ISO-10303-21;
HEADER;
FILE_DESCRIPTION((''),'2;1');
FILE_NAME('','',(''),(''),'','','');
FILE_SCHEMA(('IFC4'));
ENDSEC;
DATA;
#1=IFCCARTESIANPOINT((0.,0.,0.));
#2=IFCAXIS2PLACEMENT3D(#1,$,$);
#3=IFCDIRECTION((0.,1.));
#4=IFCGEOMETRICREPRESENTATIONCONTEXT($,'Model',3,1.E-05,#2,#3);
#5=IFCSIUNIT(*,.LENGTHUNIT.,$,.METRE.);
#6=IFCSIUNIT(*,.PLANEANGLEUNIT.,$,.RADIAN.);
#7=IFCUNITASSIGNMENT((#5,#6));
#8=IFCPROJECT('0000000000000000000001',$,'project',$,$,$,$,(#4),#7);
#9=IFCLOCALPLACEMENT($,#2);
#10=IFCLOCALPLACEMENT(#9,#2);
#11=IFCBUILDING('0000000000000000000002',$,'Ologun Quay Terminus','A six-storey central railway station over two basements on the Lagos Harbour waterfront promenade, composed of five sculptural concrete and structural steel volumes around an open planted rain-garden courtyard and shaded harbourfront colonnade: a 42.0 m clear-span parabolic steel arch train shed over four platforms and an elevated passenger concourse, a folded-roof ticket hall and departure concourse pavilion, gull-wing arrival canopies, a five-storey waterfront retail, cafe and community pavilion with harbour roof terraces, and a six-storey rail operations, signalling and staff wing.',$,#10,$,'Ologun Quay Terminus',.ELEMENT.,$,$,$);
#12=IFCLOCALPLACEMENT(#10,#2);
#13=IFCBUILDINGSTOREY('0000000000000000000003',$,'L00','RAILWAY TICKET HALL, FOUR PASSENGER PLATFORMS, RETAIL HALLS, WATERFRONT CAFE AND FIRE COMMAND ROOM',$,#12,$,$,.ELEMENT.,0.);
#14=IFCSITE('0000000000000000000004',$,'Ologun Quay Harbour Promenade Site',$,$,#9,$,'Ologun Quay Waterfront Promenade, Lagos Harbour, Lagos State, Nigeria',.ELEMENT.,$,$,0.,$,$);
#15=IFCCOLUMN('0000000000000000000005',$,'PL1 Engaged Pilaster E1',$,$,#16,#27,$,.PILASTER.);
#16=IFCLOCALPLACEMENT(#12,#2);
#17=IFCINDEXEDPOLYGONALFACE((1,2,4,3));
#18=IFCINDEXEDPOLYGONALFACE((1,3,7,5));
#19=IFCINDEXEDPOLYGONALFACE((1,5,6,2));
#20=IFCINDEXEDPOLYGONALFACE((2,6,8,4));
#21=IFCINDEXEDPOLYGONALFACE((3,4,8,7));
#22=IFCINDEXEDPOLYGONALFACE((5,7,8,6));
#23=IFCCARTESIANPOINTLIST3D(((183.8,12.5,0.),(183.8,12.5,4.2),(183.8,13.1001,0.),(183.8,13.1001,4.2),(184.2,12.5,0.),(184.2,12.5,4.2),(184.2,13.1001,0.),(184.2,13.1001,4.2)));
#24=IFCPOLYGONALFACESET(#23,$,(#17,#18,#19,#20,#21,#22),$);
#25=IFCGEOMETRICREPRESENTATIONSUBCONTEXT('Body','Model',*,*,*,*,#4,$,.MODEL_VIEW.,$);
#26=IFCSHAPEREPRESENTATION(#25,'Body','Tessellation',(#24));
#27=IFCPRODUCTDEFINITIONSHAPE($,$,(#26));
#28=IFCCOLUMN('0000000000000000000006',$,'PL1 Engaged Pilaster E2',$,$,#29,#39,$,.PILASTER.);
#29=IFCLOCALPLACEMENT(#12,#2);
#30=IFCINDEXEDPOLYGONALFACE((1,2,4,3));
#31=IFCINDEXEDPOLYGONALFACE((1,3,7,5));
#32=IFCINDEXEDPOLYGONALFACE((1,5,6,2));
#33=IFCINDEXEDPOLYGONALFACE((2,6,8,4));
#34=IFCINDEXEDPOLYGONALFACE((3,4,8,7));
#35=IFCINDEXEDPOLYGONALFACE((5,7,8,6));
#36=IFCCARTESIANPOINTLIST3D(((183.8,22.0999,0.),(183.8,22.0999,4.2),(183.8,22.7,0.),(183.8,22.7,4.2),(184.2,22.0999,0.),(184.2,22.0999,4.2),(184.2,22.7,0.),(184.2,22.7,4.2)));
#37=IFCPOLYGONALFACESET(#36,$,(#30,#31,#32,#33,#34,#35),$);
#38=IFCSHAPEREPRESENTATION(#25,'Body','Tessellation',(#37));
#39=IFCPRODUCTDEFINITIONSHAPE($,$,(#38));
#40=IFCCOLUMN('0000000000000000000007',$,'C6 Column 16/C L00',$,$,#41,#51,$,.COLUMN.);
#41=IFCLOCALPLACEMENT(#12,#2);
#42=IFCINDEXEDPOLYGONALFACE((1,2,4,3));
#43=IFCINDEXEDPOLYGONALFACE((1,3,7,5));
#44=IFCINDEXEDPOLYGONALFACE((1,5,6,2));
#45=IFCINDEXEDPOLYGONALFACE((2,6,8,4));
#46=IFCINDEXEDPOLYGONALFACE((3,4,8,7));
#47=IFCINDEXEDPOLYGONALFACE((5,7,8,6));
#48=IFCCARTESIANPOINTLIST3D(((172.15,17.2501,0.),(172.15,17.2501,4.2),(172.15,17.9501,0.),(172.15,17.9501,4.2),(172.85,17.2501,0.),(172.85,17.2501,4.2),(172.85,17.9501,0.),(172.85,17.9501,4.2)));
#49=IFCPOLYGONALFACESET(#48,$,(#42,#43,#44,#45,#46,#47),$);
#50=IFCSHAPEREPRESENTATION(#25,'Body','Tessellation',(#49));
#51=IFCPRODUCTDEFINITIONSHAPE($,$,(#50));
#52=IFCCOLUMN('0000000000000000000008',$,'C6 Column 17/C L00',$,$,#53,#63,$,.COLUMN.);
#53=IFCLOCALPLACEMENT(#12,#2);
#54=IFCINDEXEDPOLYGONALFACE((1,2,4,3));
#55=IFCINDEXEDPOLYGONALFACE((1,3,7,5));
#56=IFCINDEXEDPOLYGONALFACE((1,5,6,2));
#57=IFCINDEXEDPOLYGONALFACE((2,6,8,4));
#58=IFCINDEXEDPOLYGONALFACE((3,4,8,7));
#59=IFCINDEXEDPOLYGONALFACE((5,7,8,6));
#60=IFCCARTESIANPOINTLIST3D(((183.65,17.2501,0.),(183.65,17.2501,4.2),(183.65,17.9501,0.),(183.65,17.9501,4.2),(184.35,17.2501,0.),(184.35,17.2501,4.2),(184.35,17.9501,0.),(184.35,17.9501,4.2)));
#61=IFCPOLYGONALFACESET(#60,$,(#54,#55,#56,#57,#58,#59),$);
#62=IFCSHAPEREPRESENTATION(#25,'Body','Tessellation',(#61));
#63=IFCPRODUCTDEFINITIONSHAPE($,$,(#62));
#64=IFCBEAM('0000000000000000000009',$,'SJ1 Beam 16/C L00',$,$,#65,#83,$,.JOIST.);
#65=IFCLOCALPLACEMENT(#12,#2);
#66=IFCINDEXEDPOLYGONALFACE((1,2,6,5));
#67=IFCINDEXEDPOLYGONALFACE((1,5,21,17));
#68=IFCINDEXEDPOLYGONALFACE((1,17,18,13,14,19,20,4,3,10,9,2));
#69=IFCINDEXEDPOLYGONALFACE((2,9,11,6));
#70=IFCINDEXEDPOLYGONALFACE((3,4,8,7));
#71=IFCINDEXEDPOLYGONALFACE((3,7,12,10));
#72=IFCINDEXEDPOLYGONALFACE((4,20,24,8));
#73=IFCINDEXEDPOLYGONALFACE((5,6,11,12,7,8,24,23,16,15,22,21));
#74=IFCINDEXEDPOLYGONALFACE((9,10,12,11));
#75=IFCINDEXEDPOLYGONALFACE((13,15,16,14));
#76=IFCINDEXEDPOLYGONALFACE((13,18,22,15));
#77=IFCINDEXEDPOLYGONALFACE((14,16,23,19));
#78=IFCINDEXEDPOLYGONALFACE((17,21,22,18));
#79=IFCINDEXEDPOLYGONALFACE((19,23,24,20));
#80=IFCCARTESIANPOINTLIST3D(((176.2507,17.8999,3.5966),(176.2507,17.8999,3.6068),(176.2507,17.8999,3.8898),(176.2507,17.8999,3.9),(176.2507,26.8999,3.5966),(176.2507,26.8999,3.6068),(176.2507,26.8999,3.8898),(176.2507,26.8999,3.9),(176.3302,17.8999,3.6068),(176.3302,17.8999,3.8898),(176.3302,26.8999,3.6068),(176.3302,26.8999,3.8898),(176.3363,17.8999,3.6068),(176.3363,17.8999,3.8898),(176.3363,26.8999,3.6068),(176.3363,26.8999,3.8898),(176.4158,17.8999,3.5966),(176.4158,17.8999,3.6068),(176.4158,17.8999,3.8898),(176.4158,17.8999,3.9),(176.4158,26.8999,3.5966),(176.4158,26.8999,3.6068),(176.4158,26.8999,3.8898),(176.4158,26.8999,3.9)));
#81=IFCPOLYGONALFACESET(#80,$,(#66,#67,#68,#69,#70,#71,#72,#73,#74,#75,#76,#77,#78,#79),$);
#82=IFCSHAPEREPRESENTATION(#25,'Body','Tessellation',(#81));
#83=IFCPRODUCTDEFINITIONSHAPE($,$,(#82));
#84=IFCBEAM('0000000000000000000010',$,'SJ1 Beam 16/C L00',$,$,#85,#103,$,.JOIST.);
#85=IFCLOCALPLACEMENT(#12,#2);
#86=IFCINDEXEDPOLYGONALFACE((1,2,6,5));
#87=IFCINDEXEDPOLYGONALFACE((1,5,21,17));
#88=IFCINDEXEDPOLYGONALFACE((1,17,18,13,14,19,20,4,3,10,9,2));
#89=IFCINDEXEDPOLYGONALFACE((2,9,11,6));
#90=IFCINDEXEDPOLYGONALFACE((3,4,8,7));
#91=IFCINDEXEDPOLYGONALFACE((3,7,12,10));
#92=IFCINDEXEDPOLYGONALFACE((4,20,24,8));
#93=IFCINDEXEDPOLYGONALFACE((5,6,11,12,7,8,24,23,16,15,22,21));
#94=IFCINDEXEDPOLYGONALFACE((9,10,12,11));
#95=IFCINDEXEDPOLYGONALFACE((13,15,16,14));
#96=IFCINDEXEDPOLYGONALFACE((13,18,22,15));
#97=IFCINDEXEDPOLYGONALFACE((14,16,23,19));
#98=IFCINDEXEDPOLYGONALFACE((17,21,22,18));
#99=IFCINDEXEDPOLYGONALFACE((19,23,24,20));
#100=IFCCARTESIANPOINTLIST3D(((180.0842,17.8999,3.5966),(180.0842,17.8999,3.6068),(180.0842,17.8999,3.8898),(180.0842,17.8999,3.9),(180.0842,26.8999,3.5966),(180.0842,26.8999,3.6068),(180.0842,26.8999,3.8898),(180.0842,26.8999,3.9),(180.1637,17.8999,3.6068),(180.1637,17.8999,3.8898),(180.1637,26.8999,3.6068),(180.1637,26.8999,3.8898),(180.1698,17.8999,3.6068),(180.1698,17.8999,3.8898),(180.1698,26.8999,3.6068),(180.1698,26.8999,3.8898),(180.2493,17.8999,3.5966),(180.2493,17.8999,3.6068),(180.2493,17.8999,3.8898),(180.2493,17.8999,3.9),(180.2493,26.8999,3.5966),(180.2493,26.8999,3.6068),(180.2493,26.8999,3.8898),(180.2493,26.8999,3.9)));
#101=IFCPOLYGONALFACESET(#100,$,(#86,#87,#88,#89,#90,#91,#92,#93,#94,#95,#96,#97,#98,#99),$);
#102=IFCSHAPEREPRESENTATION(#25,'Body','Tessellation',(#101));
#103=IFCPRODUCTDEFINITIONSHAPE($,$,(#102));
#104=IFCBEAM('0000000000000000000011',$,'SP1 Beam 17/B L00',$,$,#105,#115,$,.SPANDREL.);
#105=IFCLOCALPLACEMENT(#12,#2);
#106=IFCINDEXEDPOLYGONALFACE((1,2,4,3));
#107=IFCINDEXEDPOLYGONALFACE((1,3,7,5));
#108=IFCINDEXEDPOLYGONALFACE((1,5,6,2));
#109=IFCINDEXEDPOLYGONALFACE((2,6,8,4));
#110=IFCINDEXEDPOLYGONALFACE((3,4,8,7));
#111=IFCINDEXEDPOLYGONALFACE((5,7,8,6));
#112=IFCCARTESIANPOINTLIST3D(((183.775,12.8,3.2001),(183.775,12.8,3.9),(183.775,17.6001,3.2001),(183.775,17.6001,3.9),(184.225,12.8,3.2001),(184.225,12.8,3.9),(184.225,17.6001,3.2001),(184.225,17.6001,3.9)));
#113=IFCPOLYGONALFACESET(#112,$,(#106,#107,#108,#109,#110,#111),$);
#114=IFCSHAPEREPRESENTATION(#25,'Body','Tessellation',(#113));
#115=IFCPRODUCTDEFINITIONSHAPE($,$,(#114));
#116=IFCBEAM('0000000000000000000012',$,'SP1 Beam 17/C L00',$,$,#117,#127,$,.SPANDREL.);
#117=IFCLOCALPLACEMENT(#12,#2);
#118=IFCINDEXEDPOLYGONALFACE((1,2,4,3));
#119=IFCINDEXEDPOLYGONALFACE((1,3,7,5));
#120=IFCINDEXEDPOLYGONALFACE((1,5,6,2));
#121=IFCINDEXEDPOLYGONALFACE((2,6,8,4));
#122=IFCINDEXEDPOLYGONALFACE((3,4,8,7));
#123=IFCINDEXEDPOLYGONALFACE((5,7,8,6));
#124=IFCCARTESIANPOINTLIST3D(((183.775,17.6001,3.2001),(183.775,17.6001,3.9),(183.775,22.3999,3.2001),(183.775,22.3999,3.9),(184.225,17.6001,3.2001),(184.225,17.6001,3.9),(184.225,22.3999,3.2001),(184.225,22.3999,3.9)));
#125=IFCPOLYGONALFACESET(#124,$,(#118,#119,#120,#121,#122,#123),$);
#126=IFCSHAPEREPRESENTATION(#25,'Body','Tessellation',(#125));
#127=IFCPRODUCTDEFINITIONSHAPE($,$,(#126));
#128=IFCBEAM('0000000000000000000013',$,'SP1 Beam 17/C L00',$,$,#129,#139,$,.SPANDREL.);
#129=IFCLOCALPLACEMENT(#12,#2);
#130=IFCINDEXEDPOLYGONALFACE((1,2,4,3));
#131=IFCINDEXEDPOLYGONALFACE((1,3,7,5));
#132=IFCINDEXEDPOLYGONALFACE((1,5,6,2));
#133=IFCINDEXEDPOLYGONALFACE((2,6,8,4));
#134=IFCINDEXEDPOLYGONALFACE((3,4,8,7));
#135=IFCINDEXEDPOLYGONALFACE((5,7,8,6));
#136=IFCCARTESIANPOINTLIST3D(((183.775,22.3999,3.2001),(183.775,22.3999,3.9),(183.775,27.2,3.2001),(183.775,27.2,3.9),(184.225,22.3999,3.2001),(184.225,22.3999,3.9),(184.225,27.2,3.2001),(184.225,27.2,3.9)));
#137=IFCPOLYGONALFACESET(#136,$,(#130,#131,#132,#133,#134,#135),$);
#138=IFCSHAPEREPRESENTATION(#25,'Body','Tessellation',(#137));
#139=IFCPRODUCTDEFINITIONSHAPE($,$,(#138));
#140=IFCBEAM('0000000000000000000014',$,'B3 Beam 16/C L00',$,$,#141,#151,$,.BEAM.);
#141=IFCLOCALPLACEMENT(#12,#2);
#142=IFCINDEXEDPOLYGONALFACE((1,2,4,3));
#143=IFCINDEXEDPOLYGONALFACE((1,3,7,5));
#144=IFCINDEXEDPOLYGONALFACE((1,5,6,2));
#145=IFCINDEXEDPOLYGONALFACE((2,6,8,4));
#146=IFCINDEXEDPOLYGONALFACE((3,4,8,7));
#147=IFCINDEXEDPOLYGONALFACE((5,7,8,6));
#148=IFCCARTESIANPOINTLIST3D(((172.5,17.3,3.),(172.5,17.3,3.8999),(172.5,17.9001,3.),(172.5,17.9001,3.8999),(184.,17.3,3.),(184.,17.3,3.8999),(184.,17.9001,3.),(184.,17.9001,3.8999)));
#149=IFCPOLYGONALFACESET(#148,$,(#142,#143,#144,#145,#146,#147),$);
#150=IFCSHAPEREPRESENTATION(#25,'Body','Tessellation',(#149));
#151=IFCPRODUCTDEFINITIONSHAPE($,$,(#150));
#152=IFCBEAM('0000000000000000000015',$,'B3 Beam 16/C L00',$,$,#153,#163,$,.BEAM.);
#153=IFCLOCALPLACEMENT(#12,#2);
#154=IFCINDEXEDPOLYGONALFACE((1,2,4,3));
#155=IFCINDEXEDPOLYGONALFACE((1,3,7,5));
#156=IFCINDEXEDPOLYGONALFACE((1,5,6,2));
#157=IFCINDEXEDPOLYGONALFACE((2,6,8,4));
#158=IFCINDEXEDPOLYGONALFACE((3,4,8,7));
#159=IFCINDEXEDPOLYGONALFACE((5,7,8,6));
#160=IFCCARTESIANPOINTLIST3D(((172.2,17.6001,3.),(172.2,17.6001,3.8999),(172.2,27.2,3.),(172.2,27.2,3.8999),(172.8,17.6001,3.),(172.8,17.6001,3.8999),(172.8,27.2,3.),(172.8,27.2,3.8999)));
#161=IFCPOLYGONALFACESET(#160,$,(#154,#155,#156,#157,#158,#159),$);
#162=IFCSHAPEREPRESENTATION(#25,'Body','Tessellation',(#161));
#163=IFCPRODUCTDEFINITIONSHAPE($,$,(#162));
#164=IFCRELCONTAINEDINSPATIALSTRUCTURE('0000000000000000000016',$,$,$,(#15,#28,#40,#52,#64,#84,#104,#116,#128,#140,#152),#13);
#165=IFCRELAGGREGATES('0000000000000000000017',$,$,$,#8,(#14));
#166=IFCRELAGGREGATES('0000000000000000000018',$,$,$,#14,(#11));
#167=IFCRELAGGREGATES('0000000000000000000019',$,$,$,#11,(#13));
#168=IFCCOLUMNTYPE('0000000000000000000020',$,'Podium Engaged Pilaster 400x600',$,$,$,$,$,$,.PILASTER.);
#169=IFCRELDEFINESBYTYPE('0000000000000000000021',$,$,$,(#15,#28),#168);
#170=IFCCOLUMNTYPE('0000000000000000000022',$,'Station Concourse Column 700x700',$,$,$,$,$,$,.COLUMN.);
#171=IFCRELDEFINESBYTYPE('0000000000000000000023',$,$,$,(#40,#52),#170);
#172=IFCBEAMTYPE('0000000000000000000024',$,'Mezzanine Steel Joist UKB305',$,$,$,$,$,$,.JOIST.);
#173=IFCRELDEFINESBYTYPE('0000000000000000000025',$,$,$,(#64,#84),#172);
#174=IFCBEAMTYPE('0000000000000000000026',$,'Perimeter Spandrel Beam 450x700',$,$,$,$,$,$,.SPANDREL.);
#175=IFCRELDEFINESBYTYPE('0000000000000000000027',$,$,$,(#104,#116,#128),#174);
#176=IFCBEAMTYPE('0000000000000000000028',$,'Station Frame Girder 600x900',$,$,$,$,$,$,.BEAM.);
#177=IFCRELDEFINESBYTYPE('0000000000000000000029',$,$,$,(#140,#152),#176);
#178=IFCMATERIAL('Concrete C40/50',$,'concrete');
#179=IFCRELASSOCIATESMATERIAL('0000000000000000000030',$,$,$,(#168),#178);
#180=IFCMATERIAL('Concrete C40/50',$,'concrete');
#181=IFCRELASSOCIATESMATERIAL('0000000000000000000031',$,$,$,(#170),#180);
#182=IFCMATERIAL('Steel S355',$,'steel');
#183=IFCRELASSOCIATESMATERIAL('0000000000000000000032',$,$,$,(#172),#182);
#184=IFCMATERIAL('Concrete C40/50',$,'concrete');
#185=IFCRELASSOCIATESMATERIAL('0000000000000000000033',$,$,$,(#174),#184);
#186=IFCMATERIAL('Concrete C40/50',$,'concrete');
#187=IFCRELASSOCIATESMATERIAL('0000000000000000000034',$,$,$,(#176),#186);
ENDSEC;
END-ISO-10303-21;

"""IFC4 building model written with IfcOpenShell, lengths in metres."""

from ifc_helpers import new_model, si_unit, direction, frame, origin, origin_2d, place, context, subcontext, project, spatial, rectangle, i_section, extrude, material, material_profile, profile_set, type_object, element, save


model = new_model("IFC4")

# Units and contexts
model_context = context("Model", 3, precision=1e-05, world=origin(), true_north=direction((0.0, 1.0)))
body_context = subcontext(model_context, "Body", "Model", "MODEL_VIEW")
ifc_project = project(units=[si_unit("LENGTHUNIT", "METRE"), si_unit("PLANEANGLEUNIT", "RADIAN")], contexts=[model_context])

# Site, building, storey
site_placement = place(None, origin())
site = spatial("IfcSite", under=ifc_project, at=site_placement, Name="Ologun Quay Harbour Promenade Site", LongName="Ologun Quay Waterfront Promenade, Lagos Harbour, Lagos State, Nigeria", CompositionType="ELEMENT", RefElevation=0.0)
building_placement = place(site_placement, origin())
building = spatial("IfcBuilding", under=site, at=building_placement, Name="Ologun Quay Terminus", Description="A six-storey central railway station over two basements on the Lagos Harbour waterfront promenade, composed of five sculptural concrete and structural steel volumes around an open planted rain-garden courtyard and shaded harbourfront colonnade: a 42.0 m clear-span parabolic steel arch train shed over four platforms and an elevated passenger concourse, a folded-roof ticket hall and departure concourse pavilion, gull-wing arrival canopies, a five-storey waterfront retail, cafe and community pavilion with harbour roof terraces, and a six-storey rail operations, signalling and staff wing.", LongName="Ologun Quay Terminus", CompositionType="ELEMENT")
storey_placement = place(building_placement, origin())
storey = spatial("IfcBuildingStorey", under=building, at=storey_placement, Name="L00", Description="RAILWAY TICKET HALL, FOUR PASSENGER PLATFORMS, RETAIL HALLS, WATERFRONT CAFE AND FIRE COMMAND ROOM", CompositionType="ELEMENT", Elevation=0.0)

# Columns
ifc_material_1 = material(Name="Concrete C40/50", Category="concrete")
ifc_material_profile_1 = material_profile(ifc_material_1, rectangle(XDim=0.3999, YDim=0.6001, at=origin_2d()), Name="RC 400x600")
ifc_profile_set_1 = profile_set([ifc_material_profile_1], Name="Concrete C40/50")
column_type_1 = type_object("IfcColumnType", Name="Podium Engaged Pilaster 400x600", PredefinedType="PILASTER", material=ifc_profile_set_1)
for number, where, z_axis, x_axis, name in (
    (1, (184.0, 12.8, 0.0), (0.0, 0.0, 1.0), (1.0, 0.0, 0.0), "PL1 Engaged Pilaster E1"),
    (2, (184.0, 22.3999, 0.0), (0.0, 0.0, 1.0), (1.0, 0.0, 0.0), "PL1 Engaged Pilaster E2"),
):
    element("IfcColumn", number, at=place(storey_placement, frame(where, z_axis=z_axis, x_axis=x_axis)), inside=storey, type_object=column_type_1, Name=name, PredefinedType="PILASTER", context=body_context, shape_type="SweptSolid", body=[
        extrude(rectangle(XDim=0.3999, YDim=0.6001, at=origin_2d()), origin(), (0.0, 0.0, 1.0), 4.2),
    ])
ifc_material_2 = material(Name="Concrete C40/50", Category="concrete")
ifc_material_profile_2 = material_profile(ifc_material_2, rectangle(XDim=0.7, YDim=0.7, at=origin_2d()), Name="RC 700x700")
ifc_profile_set_2 = profile_set([ifc_material_profile_2], Name="Concrete C40/50")
column_type_2 = type_object("IfcColumnType", Name="Station Concourse Column 700x700", PredefinedType="COLUMN", material=ifc_profile_set_2)
for number, where, z_axis, x_axis, name in (
    (3, (172.5, 17.6001, 0.0), (0.0, 0.0, 1.0), (1.0, 0.0, 0.0), "C6 Column 16/C L00"),
    (4, (184.0, 17.6001, 0.0), (0.0, 0.0, 1.0), (1.0, 0.0, 0.0), "C6 Column 17/C L00"),
):
    element("IfcColumn", number, at=place(storey_placement, frame(where, z_axis=z_axis, x_axis=x_axis)), inside=storey, type_object=column_type_2, Name=name, PredefinedType="COLUMN", context=body_context, shape_type="SweptSolid", body=[
        extrude(rectangle(XDim=0.7, YDim=0.7, at=origin_2d()), origin(), (0.0, 0.0, 1.0), 4.2),
    ])

# Beams
ifc_material_3 = material(Name="Steel S355", Category="steel")
ifc_material_profile_3 = material_profile(ifc_material_3, i_section(OverallWidth=0.165, OverallDepth=0.3035, WebThickness=0.0061, FlangeThickness=0.0103, at=origin_2d()), Name="UKB 305x165x40")
ifc_profile_set_3 = profile_set([ifc_material_profile_3], Name="Steel S355")
beam_type_1 = type_object("IfcBeamType", Name="Mezzanine Steel Joist UKB305", PredefinedType="JOIST", material=ifc_profile_set_3)
for number, where, z_axis, x_axis, name in (
    (5, (176.3333, 17.8999, 3.7483), (0.0, 1.0, 0.0), (-1.0, 0.0, 0.0), "SJ1 Beam 16/C L00"),
    (6, (180.1667, 17.8999, 3.7483), (0.0, 1.0, 0.0), (-1.0, 0.0, 0.0), "SJ1 Beam 16/C L00"),
):
    element("IfcBeam", number, at=place(storey_placement, frame(where, z_axis=z_axis, x_axis=x_axis)), inside=storey, type_object=beam_type_1, Name=name, PredefinedType="JOIST", context=body_context, shape_type="SweptSolid", body=[
        extrude(i_section(OverallWidth=0.165, OverallDepth=0.3035, WebThickness=0.0061, FlangeThickness=0.0103, at=origin_2d()), origin(), (0.0, 0.0, 1.0), 9.0),
    ])
ifc_material_4 = material(Name="Concrete C40/50", Category="concrete")
ifc_material_profile_4 = material_profile(ifc_material_4, rectangle(XDim=0.45, YDim=0.7, at=origin_2d()), Name="RC 450x700")
ifc_profile_set_4 = profile_set([ifc_material_profile_4], Name="Concrete C40/50")
beam_type_2 = type_object("IfcBeamType", Name="Perimeter Spandrel Beam 450x700", PredefinedType="SPANDREL", material=ifc_profile_set_4)
beam_1_placement = place(storey_placement, frame((184.0, 12.8, 3.55), z_axis=(0.0, 1.0, 0.0), x_axis=(-1.0, 0.0, 0.0)))
element("IfcBeam", 7, at=beam_1_placement, inside=storey, type_object=beam_type_2, Name="SP1 Beam 17/B L00", PredefinedType="SPANDREL", context=body_context, shape_type="SweptSolid", body=[
    extrude(rectangle(XDim=0.45, YDim=0.7, at=origin_2d()), origin(), (0.0, 0.0, 1.0), 4.8),
])
beam_2_placement = place(storey_placement, frame((184.0, 17.6001, 3.55), z_axis=(0.0, 1.0, 0.0), x_axis=(-1.0, 0.0, 0.0)))
element("IfcBeam", 8, at=beam_2_placement, inside=storey, type_object=beam_type_2, Name="SP1 Beam 17/C L00", PredefinedType="SPANDREL", context=body_context, shape_type="SweptSolid", body=[
    extrude(rectangle(XDim=0.45, YDim=0.7, at=origin_2d()), origin(), (0.0, 0.0, 1.0), 4.7998),
])
beam_3_placement = place(storey_placement, frame((184.0, 22.3999, 3.55), z_axis=(0.0, 1.0, 0.0), x_axis=(-1.0, 0.0, 0.0)))
element("IfcBeam", 9, at=beam_3_placement, inside=storey, type_object=beam_type_2, Name="SP1 Beam 17/C L00", PredefinedType="SPANDREL", context=body_context, shape_type="SweptSolid", body=[
    extrude(rectangle(XDim=0.45, YDim=0.7, at=origin_2d()), origin(), (0.0, 0.0, 1.0), 4.8),
])
ifc_material_5 = material(Name="Concrete C40/50", Category="concrete")
ifc_material_profile_5 = material_profile(ifc_material_5, rectangle(XDim=0.6001, YDim=0.8999, at=origin_2d()), Name="RC 600x900")
ifc_profile_set_5 = profile_set([ifc_material_profile_5], Name="Concrete C40/50")
beam_type_3 = type_object("IfcBeamType", Name="Station Frame Girder 600x900", PredefinedType="BEAM", material=ifc_profile_set_5)
beam_4_placement = place(storey_placement, frame((172.5, 17.6001, 3.45), z_axis=(1.0, 0.0, 0.0), x_axis=(0.0, 1.0, 0.0)))
element("IfcBeam", 10, at=beam_4_placement, inside=storey, type_object=beam_type_3, Name="B3 Beam 16/C L00", PredefinedType="BEAM", context=body_context, shape_type="SweptSolid", body=[
    extrude(rectangle(XDim=0.6001, YDim=0.8999, at=origin_2d()), origin(), (0.0, 0.0, 1.0), 11.5),
])
beam_5_placement = place(storey_placement, frame((172.5, 17.6001, 3.45), z_axis=(0.0, 1.0, 0.0), x_axis=(-1.0, 0.0, 0.0)))
element("IfcBeam", 11, at=beam_5_placement, inside=storey, type_object=beam_type_3, Name="B3 Beam 16/C L00", PredefinedType="BEAM", context=body_context, shape_type="SweptSolid", body=[
    extrude(rectangle(XDim=0.6001, YDim=0.8999, at=origin_2d()), origin(), (0.0, 0.0, 1.0), 9.5999),
])

save(model, "model.ifc")
